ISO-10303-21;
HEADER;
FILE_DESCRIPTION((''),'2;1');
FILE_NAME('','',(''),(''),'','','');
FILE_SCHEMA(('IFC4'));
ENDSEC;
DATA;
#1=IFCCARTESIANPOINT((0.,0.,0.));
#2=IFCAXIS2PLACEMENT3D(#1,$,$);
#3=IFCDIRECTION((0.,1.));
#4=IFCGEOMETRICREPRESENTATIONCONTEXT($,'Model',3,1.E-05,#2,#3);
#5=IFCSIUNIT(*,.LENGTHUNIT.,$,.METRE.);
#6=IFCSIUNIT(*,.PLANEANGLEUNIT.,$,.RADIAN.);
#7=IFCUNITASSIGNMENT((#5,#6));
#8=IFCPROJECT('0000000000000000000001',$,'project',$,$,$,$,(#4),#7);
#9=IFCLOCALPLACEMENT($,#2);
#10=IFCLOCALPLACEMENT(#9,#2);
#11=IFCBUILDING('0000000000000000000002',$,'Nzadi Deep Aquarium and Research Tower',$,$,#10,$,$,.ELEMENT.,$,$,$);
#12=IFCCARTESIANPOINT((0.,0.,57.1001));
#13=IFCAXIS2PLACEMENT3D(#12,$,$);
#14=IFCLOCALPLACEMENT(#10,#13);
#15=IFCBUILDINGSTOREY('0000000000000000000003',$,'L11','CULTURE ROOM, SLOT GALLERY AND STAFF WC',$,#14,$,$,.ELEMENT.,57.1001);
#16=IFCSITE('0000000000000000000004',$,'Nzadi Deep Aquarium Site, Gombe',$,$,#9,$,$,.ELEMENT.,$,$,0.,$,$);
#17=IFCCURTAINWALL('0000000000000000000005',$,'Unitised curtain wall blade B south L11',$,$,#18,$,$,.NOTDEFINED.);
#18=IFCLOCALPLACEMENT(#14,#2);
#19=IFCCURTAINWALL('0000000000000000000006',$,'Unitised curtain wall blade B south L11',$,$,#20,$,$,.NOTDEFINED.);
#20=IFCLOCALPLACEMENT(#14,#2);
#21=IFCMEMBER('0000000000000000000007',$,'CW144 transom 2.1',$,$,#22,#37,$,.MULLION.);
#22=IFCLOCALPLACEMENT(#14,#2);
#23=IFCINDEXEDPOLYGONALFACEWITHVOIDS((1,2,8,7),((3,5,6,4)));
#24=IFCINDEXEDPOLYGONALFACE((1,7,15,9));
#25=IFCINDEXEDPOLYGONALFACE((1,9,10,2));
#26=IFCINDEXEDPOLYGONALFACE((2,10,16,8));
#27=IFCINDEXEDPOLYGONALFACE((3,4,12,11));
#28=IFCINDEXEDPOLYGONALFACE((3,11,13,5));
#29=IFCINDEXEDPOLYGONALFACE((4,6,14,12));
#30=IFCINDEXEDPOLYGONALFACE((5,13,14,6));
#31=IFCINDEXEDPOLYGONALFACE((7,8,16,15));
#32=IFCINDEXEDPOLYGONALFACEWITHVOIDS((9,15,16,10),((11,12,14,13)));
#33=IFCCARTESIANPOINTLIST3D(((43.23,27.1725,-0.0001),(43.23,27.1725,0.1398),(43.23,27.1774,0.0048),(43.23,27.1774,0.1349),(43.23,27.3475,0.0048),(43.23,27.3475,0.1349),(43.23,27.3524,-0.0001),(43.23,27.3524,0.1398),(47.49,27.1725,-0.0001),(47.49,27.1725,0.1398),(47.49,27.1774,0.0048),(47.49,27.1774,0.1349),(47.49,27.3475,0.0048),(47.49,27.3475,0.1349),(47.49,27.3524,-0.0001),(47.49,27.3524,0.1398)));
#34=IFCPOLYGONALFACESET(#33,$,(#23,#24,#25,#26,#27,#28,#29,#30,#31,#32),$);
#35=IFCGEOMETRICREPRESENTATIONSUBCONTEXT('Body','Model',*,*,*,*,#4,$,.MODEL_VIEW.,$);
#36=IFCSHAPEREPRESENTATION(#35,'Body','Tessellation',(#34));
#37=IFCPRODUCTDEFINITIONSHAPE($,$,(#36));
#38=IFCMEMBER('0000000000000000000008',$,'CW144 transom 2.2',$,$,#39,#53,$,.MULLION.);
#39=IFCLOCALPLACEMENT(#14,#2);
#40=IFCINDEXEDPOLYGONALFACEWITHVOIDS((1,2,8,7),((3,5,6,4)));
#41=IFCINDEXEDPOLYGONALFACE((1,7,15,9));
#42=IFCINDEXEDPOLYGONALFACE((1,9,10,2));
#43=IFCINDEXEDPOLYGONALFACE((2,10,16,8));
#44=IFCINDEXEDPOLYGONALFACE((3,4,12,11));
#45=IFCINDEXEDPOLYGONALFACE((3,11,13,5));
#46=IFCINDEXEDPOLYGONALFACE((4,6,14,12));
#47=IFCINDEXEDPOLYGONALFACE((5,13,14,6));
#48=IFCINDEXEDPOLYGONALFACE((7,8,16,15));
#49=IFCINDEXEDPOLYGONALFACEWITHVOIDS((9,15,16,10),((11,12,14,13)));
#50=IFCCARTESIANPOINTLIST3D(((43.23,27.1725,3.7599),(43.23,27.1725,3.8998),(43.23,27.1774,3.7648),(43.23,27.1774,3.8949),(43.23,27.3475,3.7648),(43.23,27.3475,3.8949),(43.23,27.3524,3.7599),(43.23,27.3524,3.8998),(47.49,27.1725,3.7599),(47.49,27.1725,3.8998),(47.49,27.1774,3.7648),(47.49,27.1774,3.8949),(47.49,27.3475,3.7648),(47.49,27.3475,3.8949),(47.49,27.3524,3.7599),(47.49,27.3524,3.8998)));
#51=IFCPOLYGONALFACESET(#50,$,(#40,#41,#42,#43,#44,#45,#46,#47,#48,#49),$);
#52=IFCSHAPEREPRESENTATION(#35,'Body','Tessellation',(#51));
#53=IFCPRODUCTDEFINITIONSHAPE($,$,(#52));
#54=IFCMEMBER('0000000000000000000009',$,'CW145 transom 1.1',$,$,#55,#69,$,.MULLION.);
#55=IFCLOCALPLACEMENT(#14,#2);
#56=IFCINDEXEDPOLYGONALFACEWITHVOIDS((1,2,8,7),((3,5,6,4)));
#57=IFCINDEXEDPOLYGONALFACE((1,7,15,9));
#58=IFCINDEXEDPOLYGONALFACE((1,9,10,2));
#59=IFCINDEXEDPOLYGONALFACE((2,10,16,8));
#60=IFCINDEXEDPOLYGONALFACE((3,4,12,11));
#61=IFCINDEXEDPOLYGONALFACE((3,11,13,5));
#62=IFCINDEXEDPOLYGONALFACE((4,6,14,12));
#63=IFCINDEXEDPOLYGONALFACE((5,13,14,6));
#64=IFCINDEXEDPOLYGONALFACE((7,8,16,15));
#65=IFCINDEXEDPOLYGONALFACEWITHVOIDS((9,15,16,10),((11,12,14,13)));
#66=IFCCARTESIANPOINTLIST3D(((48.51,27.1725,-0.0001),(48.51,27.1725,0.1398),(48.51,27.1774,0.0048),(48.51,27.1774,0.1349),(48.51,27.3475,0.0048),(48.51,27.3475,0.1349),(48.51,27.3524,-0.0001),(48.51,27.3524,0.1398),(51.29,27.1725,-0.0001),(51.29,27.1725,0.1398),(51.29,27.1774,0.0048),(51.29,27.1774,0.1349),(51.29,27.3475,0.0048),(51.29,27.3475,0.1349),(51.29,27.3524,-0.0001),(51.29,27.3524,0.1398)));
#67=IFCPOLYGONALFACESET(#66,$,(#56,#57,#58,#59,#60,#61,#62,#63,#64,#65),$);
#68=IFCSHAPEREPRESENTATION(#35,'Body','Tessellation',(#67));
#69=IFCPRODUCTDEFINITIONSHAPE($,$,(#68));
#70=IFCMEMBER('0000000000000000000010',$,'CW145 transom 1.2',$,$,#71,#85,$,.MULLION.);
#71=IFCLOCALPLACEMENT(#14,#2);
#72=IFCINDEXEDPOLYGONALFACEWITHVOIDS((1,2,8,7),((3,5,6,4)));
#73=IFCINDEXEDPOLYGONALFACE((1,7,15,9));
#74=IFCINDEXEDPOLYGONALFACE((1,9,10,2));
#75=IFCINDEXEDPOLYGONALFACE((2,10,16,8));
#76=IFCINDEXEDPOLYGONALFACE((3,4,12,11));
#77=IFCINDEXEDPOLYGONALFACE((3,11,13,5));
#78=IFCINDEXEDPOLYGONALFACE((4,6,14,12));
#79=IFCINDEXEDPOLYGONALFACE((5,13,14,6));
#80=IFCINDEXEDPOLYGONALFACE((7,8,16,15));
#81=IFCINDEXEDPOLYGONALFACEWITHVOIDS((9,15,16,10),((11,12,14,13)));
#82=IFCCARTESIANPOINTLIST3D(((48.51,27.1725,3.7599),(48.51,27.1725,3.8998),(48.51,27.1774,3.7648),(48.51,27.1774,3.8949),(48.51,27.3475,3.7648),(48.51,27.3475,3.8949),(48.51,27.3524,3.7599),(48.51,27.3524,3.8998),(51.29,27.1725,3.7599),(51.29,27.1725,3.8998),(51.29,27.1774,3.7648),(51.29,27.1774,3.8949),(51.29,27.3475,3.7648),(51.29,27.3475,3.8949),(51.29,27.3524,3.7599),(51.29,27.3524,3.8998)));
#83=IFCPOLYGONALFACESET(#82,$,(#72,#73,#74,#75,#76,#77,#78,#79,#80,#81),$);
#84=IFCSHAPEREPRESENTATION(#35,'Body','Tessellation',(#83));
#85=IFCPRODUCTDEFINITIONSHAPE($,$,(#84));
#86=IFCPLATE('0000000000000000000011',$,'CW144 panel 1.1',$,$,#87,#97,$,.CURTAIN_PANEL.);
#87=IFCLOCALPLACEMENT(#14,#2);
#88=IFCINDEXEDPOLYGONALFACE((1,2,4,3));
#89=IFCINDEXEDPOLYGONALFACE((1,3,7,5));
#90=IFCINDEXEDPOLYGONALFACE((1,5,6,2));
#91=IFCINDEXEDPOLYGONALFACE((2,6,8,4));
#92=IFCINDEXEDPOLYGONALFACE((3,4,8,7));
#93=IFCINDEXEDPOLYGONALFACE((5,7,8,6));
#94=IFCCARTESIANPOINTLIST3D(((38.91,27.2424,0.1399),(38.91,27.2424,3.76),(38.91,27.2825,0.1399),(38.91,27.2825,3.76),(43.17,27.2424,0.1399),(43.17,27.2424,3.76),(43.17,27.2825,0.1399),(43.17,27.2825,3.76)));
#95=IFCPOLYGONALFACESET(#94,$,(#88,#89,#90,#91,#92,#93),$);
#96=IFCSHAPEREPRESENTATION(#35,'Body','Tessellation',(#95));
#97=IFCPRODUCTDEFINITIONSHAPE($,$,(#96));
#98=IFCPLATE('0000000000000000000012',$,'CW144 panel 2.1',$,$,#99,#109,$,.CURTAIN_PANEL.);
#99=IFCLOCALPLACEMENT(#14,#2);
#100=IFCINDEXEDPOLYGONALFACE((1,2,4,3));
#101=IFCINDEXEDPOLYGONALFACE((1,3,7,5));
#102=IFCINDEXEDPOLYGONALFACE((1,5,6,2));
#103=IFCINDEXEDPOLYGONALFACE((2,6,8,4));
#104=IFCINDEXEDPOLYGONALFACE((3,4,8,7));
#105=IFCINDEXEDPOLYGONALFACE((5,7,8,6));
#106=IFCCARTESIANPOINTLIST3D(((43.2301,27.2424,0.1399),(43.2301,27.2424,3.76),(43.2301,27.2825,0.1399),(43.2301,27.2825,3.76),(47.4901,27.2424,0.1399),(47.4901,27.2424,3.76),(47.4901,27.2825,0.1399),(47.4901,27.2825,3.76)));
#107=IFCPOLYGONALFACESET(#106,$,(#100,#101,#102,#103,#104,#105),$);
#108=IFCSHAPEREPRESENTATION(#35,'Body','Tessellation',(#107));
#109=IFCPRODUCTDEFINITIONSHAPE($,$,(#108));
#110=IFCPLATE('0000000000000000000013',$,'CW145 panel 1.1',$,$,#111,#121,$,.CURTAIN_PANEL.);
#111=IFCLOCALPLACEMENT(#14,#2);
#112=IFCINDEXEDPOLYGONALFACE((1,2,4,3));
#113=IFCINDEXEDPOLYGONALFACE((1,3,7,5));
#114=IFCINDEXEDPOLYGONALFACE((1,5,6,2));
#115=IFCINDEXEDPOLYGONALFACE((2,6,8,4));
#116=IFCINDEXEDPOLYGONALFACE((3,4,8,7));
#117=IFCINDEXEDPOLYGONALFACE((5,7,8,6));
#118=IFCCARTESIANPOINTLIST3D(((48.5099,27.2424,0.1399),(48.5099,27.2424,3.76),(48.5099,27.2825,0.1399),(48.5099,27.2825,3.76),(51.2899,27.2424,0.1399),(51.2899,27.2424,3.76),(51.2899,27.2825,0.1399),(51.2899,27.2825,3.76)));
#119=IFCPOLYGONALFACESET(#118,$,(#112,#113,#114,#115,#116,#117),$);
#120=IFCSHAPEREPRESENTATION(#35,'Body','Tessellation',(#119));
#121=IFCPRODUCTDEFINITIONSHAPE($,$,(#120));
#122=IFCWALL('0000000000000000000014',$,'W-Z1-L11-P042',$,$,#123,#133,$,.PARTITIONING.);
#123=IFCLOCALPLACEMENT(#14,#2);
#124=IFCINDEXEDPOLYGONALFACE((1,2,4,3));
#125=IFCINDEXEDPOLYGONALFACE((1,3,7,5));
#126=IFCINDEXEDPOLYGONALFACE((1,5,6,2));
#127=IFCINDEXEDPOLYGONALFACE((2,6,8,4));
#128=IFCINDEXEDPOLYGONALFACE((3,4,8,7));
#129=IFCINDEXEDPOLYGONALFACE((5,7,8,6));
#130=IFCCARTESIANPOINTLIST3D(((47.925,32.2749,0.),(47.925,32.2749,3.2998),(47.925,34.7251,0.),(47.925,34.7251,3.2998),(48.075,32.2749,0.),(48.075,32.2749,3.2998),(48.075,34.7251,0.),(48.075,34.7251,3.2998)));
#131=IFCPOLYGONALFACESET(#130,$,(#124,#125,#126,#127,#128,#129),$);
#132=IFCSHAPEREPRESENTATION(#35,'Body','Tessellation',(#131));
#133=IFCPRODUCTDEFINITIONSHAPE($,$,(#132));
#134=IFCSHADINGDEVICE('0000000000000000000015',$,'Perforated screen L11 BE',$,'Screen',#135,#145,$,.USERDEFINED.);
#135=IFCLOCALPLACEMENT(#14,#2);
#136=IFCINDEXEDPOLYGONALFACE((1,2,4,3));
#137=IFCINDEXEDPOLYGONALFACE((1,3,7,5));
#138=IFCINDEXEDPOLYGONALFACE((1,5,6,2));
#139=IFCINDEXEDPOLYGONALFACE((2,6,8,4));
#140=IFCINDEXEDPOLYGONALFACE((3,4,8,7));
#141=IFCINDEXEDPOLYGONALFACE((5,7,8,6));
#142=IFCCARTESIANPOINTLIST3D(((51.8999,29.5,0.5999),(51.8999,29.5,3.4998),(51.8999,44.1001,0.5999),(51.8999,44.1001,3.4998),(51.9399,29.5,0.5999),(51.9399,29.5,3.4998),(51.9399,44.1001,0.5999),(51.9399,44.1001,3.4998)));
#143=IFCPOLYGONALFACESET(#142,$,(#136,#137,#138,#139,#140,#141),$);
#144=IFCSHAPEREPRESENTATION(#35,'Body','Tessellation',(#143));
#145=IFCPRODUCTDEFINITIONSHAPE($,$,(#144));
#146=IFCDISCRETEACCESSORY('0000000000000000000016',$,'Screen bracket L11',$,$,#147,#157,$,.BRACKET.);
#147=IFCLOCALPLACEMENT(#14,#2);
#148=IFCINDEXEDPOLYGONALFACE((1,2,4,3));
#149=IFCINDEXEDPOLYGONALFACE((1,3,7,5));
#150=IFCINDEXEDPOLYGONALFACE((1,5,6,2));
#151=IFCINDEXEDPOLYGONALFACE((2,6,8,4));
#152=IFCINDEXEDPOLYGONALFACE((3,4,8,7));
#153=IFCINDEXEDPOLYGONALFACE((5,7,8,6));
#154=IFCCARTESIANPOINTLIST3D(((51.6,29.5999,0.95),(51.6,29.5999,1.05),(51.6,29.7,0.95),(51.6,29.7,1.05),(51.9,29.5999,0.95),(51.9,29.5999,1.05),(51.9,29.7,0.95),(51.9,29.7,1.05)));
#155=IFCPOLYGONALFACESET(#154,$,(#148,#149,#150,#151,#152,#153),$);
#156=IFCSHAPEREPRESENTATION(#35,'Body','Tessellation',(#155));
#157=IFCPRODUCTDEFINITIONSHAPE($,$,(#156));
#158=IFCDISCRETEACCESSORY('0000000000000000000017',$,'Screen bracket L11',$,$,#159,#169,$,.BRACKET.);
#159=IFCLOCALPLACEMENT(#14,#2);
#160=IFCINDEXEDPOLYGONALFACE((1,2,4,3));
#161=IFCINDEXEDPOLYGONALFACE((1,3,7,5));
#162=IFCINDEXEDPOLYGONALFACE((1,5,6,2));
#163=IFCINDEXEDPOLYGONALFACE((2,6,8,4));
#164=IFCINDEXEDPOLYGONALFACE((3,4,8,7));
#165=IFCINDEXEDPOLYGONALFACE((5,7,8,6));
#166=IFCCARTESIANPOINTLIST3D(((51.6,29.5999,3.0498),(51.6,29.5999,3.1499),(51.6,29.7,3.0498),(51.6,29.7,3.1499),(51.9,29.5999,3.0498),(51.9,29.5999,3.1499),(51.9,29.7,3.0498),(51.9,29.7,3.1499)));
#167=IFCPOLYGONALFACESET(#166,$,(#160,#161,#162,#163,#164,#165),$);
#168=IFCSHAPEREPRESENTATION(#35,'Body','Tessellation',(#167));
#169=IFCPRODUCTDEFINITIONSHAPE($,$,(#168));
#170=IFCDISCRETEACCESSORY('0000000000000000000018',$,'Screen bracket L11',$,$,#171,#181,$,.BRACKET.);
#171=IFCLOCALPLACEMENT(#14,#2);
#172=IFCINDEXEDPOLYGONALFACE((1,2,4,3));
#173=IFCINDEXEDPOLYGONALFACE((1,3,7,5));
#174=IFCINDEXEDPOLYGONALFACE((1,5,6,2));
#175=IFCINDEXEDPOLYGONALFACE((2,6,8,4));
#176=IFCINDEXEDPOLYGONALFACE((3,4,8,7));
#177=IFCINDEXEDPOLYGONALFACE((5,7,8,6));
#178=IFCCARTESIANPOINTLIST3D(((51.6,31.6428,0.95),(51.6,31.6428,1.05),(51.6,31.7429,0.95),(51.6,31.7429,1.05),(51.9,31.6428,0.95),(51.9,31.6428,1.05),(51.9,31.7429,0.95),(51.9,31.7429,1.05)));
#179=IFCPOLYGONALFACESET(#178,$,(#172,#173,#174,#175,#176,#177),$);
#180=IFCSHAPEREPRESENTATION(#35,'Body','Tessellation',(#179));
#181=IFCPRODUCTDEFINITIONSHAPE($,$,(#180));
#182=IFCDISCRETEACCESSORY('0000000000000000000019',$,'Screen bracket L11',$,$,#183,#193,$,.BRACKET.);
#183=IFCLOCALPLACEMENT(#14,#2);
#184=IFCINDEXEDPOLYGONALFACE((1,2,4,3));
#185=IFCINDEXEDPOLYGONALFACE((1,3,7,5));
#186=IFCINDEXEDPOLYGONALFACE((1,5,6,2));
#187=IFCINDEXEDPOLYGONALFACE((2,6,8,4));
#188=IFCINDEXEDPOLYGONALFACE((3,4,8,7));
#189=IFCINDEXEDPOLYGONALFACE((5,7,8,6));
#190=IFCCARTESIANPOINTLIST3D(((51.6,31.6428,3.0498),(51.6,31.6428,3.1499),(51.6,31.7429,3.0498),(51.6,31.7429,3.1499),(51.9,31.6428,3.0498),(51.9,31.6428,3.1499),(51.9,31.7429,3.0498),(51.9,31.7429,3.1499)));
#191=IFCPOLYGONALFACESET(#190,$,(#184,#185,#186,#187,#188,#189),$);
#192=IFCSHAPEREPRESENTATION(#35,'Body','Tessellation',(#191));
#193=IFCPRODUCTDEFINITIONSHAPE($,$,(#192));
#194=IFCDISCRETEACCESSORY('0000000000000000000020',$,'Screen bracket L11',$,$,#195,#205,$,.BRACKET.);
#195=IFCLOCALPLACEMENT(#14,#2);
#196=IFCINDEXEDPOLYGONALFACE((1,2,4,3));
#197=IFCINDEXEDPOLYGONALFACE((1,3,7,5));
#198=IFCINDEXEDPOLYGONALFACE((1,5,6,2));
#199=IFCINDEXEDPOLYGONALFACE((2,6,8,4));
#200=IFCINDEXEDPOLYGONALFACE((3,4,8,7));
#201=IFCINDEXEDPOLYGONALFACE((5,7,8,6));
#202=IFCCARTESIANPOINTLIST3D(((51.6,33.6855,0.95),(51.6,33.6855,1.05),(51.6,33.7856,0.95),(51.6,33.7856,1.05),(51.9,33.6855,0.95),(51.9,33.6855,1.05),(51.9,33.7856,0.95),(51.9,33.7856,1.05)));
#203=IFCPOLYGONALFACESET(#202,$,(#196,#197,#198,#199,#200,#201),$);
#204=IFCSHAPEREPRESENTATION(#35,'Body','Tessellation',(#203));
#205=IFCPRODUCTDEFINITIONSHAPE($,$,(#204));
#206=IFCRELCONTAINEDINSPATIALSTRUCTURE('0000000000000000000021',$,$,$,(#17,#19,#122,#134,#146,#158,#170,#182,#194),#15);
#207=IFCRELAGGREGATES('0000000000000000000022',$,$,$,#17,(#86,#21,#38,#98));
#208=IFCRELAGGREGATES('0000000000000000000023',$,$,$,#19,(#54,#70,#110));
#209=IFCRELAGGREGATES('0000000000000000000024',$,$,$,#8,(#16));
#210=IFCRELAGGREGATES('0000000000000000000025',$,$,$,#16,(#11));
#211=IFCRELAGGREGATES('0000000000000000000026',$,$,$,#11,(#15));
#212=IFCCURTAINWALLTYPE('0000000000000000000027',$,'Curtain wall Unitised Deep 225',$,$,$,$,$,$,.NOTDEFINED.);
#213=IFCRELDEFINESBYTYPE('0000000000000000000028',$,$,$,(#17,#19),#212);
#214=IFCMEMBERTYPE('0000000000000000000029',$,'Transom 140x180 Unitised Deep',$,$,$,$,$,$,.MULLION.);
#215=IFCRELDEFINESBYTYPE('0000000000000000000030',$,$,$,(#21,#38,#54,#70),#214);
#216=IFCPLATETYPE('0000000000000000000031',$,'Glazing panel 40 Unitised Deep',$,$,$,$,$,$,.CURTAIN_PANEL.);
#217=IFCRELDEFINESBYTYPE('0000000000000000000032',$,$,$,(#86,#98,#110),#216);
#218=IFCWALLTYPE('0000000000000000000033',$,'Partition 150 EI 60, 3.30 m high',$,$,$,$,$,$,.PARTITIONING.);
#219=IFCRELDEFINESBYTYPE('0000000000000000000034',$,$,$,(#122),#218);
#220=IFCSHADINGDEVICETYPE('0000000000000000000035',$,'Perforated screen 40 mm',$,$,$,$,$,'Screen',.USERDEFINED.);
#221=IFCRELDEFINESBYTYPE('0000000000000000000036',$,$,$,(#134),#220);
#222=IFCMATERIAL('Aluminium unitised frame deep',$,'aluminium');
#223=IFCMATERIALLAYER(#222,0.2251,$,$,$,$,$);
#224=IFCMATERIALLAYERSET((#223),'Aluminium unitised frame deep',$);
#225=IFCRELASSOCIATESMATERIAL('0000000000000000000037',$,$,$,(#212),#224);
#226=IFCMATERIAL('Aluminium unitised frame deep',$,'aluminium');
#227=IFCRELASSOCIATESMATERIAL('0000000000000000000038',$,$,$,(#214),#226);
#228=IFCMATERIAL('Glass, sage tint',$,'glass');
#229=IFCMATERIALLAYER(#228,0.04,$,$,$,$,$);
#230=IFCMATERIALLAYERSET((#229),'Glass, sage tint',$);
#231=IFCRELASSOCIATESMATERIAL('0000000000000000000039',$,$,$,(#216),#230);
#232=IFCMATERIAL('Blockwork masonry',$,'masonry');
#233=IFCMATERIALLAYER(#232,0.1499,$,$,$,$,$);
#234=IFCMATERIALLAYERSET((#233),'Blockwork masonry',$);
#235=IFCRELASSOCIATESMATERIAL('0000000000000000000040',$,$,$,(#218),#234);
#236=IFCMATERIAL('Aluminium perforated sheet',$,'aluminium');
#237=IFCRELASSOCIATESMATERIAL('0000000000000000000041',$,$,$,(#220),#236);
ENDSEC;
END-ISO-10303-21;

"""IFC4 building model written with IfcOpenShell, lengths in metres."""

from ifc_helpers import new_model, si_unit, direction, frame, frame_2d, origin, origin_2d, place, context, subcontext, project, spatial, rectangle, hollow_rectangle, extrude, material, layer, layer_set, material_profile, profile_set, type_object, element, aggregate, save


model = new_model("IFC4")

# Units and contexts
model_context = context("Model", 3, precision=1e-05, world=origin(), true_north=direction((0.0, 1.0)))
body_context = subcontext(model_context, "Body", "Model", "MODEL_VIEW")
ifc_project = project(units=[si_unit("LENGTHUNIT", "METRE"), si_unit("PLANEANGLEUNIT", "RADIAN")], contexts=[model_context])

# Site, building, storey
site_placement = place(None, origin())
site = spatial("IfcSite", under=ifc_project, at=site_placement, Name="Nzadi Deep Aquarium Site, Gombe", CompositionType="ELEMENT", RefElevation=0.0)
building_placement = place(site_placement, origin())
building = spatial("IfcBuilding", under=site, at=building_placement, Name="Nzadi Deep Aquarium and Research Tower", CompositionType="ELEMENT")
storey_placement = place(building_placement, frame((0.0, 0.0, 57.1001)))
storey = spatial("IfcBuildingStorey", under=building, at=storey_placement, Name="L11", Description="CULTURE ROOM, SLOT GALLERY AND STAFF WC", CompositionType="ELEMENT", Elevation=57.1001)

# Curtain walls
ifc_material_1 = material(Name="Aluminium unitised frame deep", Category="aluminium")
ifc_layer_1 = layer(ifc_material_1, 0.2251)
ifc_layer_set_1 = layer_set([ifc_layer_1], Name="Aluminium unitised frame deep")
curtain_wall_type = type_object("IfcCurtainWallType", Name="Curtain wall Unitised Deep 225", PredefinedType="NOTDEFINED", material=ifc_layer_set_1)
curtain_wall_1_placement = place(storey_placement, origin())
curtain_wall_1 = element("IfcCurtainWall", 1, at=curtain_wall_1_placement, inside=storey, type_object=curtain_wall_type, Name="Unitised curtain wall blade B south L11", PredefinedType="NOTDEFINED")
curtain_wall_2_placement = place(storey_placement, origin())
curtain_wall_2 = element("IfcCurtainWall", 2, at=curtain_wall_2_placement, inside=storey, type_object=curtain_wall_type, Name="Unitised curtain wall blade B south L11", PredefinedType="NOTDEFINED")

# Members
ifc_material_2 = material(Name="Aluminium unitised frame deep", Category="aluminium")
ifc_material_profile_1 = material_profile(ifc_material_2, hollow_rectangle(XDim=0.1799, YDim=0.1399, WallThickness=0.0049, at=origin_2d()))
ifc_profile_set_1 = profile_set([ifc_material_profile_1], Name="Aluminium unitised frame deep")
member_type_1 = type_object("IfcMemberType", Name="Transom 140x180 Unitised Deep", PredefinedType="MULLION", material=ifc_profile_set_1)
member_1_placement = place(storey_placement, frame((43.23, 27.2625, 0.0698), z_axis=(1.0, 0.0, 0.0), x_axis=(0.0, 1.0, 0.0)))
member_1 = element("IfcMember", 3, at=member_1_placement, type_object=member_type_1, Name="CW144 transom 2.1", PredefinedType="MULLION", context=body_context, shape_type="SweptSolid", body=[
    extrude(hollow_rectangle(XDim=0.1799, YDim=0.1399, WallThickness=0.0049, at=origin_2d()), origin(), (0.0, 0.0, 1.0), 4.26),
])
member_2_placement = place(storey_placement, frame((43.23, 27.2625, 3.8298), z_axis=(1.0, 0.0, 0.0), x_axis=(0.0, 1.0, 0.0)))
member_2 = element("IfcMember", 4, at=member_2_placement, type_object=member_type_1, Name="CW144 transom 2.2", PredefinedType="MULLION", context=body_context, shape_type="SweptSolid", body=[
    extrude(hollow_rectangle(XDim=0.1799, YDim=0.1399, WallThickness=0.0049, at=origin_2d()), origin(), (0.0, 0.0, 1.0), 4.26),
])
member_3_placement = place(storey_placement, frame((48.51, 27.2625, 0.0698), z_axis=(1.0, 0.0, 0.0), x_axis=(0.0, 1.0, 0.0)))
member_3 = element("IfcMember", 5, at=member_3_placement, type_object=member_type_1, Name="CW145 transom 1.1", PredefinedType="MULLION", context=body_context, shape_type="SweptSolid", body=[
    extrude(hollow_rectangle(XDim=0.1799, YDim=0.1399, WallThickness=0.0049, at=origin_2d()), origin(), (0.0, 0.0, 1.0), 2.78),
])
member_4_placement = place(storey_placement, frame((48.51, 27.2625, 3.8298), z_axis=(1.0, 0.0, 0.0), x_axis=(0.0, 1.0, 0.0)))
member_4 = element("IfcMember", 6, at=member_4_placement, type_object=member_type_1, Name="CW145 transom 1.2", PredefinedType="MULLION", context=body_context, shape_type="SweptSolid", body=[
    extrude(hollow_rectangle(XDim=0.1799, YDim=0.1399, WallThickness=0.0049, at=origin_2d()), origin(), (0.0, 0.0, 1.0), 2.78),
])

# Plates
ifc_material_3 = material(Name="Glass, sage tint", Category="glass")
ifc_layer_2 = layer(ifc_material_3, 0.04)
ifc_layer_set_2 = layer_set([ifc_layer_2], Name="Glass, sage tint")
plate_type = type_object("IfcPlateType", Name="Glazing panel 40 Unitised Deep", PredefinedType="CURTAIN_PANEL", material=ifc_layer_set_2)
plate_1_placement = place(storey_placement, frame((41.04, 27.2625, 0.1399), z_axis=(0.0, 0.0, 1.0), x_axis=(1.0, 0.0, 0.0)))
plate_1 = element("IfcPlate", 7, at=plate_1_placement, type_object=plate_type, Name="CW144 panel 1.1", PredefinedType="CURTAIN_PANEL", context=body_context, shape_type="SweptSolid", body=[
    extrude(rectangle(XDim=4.26, YDim=0.04, at=origin_2d()), origin(), (0.0, 0.0, 1.0), 3.6201),
])
plate_2_placement = place(storey_placement, frame((45.3601, 27.2625, 0.1399), z_axis=(0.0, 0.0, 1.0), x_axis=(1.0, 0.0, 0.0)))
plate_2 = element("IfcPlate", 8, at=plate_2_placement, type_object=plate_type, Name="CW144 panel 2.1", PredefinedType="CURTAIN_PANEL", context=body_context, shape_type="SweptSolid", body=[
    extrude(rectangle(XDim=4.26, YDim=0.04, at=origin_2d()), origin(), (0.0, 0.0, 1.0), 3.6201),
])
aggregate(curtain_wall_1, [plate_1, member_1, member_2, plate_2])
plate_3_placement = place(storey_placement, frame((49.8999, 27.2625, 0.1399), z_axis=(0.0, 0.0, 1.0), x_axis=(1.0, 0.0, 0.0)))
plate_3 = element("IfcPlate", 9, at=plate_3_placement, type_object=plate_type, Name="CW145 panel 1.1", PredefinedType="CURTAIN_PANEL", context=body_context, shape_type="SweptSolid", body=[
    extrude(rectangle(XDim=2.78, YDim=0.04, at=origin_2d()), origin(), (0.0, 0.0, 1.0), 3.6201),
])
aggregate(curtain_wall_2, [member_3, member_4, plate_3])

# Wall
ifc_material_4 = material(Name="Blockwork masonry", Category="masonry")
ifc_layer_3 = layer(ifc_material_4, 0.1499)
ifc_layer_set_3 = layer_set([ifc_layer_3], Name="Blockwork masonry")
wall_type = type_object("IfcWallType", Name="Partition 150 EI 60, 3.30 m high", PredefinedType="PARTITIONING", material=ifc_layer_set_3)
wall_placement = place(storey_placement, frame((48.0, 32.2749, 0.0), z_axis=(0.0, 0.0, 1.0), x_axis=(0.0, 1.0, 0.0)))
element("IfcWall", 10, at=wall_placement, inside=storey, type_object=wall_type, Name="W-Z1-L11-P042", PredefinedType="PARTITIONING", context=body_context, shape_type="SweptSolid", body=[
    extrude(rectangle(XDim=2.4502, YDim=0.1499, at=frame_2d((1.2251, 0.0))), origin(), (0.0, 0.0, 1.0), 3.2998),
])

# Shading device
ifc_material_5 = material(Name="Aluminium perforated sheet", Category="aluminium")
shading_device_type = type_object("IfcShadingDeviceType", Name="Perforated screen 40 mm", ElementType="Screen", PredefinedType="USERDEFINED", material=ifc_material_5)
shading_device_placement = place(storey_placement, frame((51.9199, 36.8, 0.5999), z_axis=(0.0, 0.0, 1.0), x_axis=(1.0, 0.0, 0.0)))
element("IfcShadingDevice", 11, at=shading_device_placement, inside=storey, type_object=shading_device_type, Name="Perforated screen L11 BE", ObjectType="Screen", PredefinedType="USERDEFINED", context=body_context, shape_type="SweptSolid", body=[
    extrude(rectangle(XDim=0.04, YDim=14.6001, at=origin_2d()), origin(), (0.0, 0.0, 1.0), 2.8999),
])

# Discrete accessories
for number, where, z_axis, x_axis, name in (
    (12, (51.75, 29.6499, 0.95), (0.0, 0.0, 1.0), (1.0, 0.0, 0.0), "Screen bracket L11"),
    (13, (51.75, 29.6499, 3.0498), (0.0, 0.0, 1.0), (1.0, 0.0, 0.0), "Screen bracket L11"),
    (14, (51.75, 31.6929, 0.95), (0.0, 0.0, 1.0), (1.0, 0.0, 0.0), "Screen bracket L11"),
    (15, (51.75, 31.6929, 3.0498), (0.0, 0.0, 1.0), (1.0, 0.0, 0.0), "Screen bracket L11"),
    (16, (51.75, 33.7356, 0.95), (0.0, 0.0, 1.0), (1.0, 0.0, 0.0), "Screen bracket L11"),
):
    element("IfcDiscreteAccessory", number, at=place(storey_placement, frame(where, z_axis=z_axis, x_axis=x_axis)), inside=storey, Name=name, PredefinedType="BRACKET", context=body_context, shape_type="SweptSolid", body=[
        extrude(rectangle(XDim=0.3, YDim=0.1001, at=origin_2d()), origin(), (0.0, 0.0, 1.0), 0.1001),
    ])

save(model, "model.ifc")
